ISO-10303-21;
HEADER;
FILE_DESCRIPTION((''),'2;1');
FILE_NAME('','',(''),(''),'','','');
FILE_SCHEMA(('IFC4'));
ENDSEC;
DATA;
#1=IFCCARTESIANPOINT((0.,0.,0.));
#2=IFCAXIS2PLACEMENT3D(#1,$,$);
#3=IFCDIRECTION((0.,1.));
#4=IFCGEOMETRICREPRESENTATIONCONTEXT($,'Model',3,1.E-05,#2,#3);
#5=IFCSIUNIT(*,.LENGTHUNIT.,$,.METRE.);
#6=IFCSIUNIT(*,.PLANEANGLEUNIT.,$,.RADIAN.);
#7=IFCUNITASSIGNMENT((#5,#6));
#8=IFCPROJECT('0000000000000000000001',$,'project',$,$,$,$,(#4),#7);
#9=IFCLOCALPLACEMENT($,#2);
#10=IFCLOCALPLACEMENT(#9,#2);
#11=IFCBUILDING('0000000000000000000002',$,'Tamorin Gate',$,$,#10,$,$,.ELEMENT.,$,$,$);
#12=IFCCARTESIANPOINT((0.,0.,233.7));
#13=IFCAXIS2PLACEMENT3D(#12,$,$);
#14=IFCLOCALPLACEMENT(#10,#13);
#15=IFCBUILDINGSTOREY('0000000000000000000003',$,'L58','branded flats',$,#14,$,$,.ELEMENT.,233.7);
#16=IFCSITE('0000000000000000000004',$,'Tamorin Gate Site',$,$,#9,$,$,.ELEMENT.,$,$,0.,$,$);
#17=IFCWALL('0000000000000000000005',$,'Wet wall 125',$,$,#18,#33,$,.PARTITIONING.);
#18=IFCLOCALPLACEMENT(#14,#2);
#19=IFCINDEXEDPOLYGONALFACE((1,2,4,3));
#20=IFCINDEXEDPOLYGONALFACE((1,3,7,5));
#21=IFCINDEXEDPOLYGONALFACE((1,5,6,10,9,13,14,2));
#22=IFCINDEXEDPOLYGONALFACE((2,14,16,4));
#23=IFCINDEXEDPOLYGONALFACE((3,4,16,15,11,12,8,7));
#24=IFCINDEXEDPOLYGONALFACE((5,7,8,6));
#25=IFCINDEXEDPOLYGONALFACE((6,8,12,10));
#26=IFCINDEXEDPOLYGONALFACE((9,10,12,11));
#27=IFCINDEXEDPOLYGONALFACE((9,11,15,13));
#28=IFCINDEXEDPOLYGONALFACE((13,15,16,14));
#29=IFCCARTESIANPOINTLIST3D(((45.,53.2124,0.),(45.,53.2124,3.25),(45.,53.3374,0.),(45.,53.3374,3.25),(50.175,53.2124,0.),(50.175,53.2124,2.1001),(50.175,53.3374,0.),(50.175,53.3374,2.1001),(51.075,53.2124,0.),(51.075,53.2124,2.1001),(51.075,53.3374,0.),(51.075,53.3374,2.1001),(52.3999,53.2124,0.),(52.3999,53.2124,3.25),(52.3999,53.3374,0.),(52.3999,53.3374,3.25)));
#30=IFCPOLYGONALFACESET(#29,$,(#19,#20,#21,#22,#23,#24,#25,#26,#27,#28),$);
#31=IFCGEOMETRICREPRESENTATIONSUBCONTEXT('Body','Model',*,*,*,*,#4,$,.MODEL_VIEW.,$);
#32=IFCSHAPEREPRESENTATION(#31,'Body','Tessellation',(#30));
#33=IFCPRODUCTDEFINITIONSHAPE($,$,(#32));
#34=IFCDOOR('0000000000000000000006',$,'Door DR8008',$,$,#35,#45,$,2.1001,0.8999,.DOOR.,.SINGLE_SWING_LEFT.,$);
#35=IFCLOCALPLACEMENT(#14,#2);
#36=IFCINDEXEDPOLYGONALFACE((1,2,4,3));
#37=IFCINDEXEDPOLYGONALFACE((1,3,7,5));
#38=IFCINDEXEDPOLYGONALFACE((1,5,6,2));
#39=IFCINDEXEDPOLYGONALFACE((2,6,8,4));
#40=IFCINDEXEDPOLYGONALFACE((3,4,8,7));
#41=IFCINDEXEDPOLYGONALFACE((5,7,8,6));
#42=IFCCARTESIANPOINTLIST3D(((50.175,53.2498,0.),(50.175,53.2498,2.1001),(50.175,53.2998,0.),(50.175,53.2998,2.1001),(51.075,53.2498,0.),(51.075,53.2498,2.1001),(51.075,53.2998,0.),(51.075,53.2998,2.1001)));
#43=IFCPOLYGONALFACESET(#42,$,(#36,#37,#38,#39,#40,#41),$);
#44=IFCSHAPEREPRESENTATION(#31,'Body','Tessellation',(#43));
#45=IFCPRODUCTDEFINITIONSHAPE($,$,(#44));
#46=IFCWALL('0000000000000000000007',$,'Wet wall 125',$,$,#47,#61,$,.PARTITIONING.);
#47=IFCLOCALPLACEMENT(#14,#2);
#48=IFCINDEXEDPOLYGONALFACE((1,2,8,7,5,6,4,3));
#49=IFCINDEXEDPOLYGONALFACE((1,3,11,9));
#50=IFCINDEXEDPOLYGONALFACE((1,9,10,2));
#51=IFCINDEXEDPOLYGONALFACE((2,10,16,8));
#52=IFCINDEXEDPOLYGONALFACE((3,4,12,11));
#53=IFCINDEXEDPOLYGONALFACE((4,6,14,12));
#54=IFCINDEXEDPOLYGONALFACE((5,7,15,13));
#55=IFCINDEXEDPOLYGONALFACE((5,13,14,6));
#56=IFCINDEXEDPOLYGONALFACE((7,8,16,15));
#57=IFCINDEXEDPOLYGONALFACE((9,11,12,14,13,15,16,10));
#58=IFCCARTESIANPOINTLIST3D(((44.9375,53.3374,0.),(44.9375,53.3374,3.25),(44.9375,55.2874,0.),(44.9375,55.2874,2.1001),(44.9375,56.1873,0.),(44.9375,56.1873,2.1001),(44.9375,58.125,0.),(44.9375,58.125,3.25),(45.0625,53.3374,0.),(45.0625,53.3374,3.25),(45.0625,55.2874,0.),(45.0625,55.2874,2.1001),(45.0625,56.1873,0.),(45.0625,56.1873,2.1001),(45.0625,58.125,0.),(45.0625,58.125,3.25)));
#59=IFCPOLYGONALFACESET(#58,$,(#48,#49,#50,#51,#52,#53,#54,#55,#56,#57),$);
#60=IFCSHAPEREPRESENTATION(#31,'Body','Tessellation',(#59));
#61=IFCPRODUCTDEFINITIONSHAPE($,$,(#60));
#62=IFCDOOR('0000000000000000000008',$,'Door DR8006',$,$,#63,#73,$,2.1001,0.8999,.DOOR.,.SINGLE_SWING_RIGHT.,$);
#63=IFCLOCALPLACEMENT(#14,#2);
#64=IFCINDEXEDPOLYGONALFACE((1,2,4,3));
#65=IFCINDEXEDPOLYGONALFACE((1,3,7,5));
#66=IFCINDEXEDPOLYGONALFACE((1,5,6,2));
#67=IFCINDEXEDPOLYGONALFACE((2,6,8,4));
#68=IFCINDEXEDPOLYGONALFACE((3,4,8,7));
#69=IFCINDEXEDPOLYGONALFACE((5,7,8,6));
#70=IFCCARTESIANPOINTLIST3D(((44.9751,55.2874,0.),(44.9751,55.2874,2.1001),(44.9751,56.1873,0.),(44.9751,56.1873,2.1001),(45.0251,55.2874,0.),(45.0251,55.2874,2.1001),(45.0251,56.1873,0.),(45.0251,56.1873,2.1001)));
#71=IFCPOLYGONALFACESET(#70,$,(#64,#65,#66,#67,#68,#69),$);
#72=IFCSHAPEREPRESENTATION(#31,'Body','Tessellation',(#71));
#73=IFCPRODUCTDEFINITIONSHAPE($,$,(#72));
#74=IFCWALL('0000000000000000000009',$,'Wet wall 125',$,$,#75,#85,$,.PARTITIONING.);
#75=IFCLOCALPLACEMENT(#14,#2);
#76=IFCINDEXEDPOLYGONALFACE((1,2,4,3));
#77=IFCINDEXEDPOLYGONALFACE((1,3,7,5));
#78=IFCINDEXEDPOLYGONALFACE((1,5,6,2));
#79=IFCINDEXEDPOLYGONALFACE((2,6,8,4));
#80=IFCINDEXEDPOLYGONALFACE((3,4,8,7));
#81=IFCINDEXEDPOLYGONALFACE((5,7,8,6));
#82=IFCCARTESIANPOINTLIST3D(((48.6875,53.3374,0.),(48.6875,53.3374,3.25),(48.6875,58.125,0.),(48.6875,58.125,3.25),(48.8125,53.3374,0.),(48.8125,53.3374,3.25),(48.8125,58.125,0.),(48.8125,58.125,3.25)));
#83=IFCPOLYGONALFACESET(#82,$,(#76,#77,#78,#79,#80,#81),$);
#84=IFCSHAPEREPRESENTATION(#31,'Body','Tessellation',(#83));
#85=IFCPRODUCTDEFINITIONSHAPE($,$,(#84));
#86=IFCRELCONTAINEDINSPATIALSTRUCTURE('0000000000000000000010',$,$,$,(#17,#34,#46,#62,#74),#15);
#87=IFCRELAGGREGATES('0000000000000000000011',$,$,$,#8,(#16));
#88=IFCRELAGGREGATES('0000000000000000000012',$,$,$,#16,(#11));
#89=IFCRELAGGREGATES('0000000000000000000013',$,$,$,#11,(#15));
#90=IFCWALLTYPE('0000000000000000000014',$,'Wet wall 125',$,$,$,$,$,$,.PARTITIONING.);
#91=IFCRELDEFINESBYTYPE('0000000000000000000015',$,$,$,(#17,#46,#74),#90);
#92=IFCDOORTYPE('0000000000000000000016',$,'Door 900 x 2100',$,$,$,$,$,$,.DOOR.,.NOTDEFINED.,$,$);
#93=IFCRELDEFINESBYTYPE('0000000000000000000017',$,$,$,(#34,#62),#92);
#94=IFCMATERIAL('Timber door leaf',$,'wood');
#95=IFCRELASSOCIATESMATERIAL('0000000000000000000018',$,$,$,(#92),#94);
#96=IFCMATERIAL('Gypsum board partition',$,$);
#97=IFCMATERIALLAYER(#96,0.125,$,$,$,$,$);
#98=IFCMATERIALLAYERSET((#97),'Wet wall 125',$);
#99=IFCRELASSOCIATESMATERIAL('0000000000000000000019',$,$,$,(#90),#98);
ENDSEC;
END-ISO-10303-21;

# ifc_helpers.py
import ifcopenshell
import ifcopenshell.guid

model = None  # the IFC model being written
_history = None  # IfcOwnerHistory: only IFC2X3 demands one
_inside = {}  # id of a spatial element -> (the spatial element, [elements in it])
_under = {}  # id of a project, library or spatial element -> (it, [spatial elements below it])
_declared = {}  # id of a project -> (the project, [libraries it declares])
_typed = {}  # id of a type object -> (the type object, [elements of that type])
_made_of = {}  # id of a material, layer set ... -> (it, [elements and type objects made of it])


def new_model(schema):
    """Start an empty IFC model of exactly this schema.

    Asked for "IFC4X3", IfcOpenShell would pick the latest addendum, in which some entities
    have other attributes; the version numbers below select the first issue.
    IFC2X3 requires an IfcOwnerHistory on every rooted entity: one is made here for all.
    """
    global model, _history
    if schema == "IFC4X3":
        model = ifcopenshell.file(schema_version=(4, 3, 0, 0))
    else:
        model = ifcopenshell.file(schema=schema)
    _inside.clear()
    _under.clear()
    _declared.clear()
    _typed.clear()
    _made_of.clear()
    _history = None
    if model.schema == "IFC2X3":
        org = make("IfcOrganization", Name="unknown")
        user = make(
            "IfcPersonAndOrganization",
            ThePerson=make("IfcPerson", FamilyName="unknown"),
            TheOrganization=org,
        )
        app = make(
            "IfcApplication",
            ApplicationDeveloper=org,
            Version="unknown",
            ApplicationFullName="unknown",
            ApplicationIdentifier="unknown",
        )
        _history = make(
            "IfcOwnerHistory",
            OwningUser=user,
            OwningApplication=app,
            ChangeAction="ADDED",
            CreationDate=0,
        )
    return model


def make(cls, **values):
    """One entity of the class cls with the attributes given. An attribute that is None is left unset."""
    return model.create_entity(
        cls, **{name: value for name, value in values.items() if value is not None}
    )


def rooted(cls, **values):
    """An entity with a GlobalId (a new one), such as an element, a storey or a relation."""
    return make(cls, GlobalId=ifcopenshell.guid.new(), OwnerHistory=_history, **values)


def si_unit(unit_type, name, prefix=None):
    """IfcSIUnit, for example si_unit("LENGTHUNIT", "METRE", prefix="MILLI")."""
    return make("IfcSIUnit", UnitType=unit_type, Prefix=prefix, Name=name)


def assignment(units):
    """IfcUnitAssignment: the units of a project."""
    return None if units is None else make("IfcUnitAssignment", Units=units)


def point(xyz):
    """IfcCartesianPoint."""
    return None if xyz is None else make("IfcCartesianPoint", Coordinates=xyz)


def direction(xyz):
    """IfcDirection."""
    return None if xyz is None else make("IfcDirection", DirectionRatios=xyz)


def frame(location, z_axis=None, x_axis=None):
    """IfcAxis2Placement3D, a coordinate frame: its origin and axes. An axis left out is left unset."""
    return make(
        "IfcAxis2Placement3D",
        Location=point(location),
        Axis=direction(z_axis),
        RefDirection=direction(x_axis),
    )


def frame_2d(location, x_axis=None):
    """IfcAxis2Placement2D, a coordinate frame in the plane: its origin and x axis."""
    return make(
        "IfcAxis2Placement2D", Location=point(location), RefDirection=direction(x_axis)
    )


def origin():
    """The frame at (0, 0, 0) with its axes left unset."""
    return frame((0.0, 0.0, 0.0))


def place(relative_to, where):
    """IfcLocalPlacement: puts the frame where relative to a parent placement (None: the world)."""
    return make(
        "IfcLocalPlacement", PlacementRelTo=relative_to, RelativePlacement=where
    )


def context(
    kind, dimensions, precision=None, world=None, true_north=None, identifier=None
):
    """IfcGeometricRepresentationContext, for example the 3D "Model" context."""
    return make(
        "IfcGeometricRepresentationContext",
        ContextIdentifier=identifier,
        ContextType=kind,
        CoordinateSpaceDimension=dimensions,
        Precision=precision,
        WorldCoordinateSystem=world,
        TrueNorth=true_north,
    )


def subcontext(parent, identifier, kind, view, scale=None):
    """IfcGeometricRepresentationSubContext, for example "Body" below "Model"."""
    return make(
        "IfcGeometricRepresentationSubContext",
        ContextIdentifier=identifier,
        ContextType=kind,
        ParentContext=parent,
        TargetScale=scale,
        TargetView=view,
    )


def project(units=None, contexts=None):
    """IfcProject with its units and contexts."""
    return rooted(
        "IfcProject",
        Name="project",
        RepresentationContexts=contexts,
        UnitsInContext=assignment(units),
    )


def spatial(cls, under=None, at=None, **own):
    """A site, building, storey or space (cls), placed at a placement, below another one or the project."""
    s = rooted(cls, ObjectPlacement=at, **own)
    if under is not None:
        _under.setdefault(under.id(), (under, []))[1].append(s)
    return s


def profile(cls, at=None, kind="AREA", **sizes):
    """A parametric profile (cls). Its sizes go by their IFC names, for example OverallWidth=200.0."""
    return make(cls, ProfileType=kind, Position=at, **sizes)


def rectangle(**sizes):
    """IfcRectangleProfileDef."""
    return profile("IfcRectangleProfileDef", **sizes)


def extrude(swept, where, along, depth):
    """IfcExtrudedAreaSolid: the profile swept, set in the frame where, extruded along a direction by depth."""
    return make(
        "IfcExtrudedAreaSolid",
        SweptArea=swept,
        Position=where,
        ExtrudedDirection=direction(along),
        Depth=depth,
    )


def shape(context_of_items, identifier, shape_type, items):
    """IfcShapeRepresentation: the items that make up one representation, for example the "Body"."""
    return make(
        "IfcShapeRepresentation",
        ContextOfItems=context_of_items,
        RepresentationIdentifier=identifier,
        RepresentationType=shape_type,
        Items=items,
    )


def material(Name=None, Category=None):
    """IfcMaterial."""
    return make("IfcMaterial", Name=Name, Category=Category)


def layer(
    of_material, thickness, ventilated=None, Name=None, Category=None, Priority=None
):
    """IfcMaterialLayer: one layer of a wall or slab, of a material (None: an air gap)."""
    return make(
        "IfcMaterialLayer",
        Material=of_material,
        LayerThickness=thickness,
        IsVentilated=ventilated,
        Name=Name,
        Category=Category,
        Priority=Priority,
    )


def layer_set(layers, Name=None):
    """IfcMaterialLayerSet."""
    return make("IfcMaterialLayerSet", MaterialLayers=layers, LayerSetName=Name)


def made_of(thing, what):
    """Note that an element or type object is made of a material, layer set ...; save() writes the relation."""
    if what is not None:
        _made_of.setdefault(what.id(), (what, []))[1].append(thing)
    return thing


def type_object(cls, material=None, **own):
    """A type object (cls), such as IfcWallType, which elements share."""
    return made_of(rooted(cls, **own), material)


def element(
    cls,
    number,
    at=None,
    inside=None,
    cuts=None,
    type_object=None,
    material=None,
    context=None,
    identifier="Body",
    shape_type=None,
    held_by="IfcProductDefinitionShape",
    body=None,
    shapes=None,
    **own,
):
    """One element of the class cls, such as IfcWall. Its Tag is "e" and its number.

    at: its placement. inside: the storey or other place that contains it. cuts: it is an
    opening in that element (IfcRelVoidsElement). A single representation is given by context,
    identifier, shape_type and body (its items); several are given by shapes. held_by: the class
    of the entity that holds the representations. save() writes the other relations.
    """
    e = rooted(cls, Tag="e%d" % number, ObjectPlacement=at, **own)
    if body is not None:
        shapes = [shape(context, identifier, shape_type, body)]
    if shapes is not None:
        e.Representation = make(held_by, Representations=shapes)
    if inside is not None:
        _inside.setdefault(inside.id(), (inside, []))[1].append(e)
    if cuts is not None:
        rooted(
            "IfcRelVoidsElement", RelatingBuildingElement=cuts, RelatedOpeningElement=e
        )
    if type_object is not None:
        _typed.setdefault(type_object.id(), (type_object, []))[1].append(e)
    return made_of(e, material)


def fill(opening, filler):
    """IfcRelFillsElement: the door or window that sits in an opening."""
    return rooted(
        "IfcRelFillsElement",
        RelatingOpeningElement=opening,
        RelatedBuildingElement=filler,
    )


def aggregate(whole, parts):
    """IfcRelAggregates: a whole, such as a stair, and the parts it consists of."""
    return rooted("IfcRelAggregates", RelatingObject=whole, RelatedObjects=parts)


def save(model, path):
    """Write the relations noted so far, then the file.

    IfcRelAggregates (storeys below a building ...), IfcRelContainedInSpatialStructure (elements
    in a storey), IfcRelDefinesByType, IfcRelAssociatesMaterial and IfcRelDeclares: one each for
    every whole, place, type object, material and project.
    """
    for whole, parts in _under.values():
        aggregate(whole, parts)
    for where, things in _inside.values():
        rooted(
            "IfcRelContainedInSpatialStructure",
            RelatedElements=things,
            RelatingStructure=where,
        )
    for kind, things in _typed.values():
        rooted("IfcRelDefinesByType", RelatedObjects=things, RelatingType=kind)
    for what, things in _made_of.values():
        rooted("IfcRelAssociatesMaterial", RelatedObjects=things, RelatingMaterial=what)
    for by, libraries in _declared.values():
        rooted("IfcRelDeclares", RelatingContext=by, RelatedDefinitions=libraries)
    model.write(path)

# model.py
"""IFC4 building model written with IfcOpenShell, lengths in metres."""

from ifc_helpers import new_model, si_unit, direction, frame, frame_2d, origin, place, context, subcontext, project, spatial, rectangle, extrude, material, layer, layer_set, type_object, element, fill, save


model = new_model("IFC4")

# Units and contexts
model_context = context("Model", 3, precision=1e-05, world=origin(), true_north=direction((0.0, 1.0)))
body_context = subcontext(model_context, "Body", "Model", "MODEL_VIEW")
ifc_project = project(units=[si_unit("LENGTHUNIT", "METRE"), si_unit("PLANEANGLEUNIT", "RADIAN")], contexts=[model_context])

# Site, building, storey
site_placement = place(None, origin())
site = spatial("IfcSite", under=ifc_project, at=site_placement, Name="Tamorin Gate Site", CompositionType="ELEMENT", RefElevation=0.0)
building_placement = place(site_placement, origin())
building = spatial("IfcBuilding", under=site, at=building_placement, Name="Tamorin Gate", CompositionType="ELEMENT")
storey_placement = place(building_placement, frame((0.0, 0.0, 233.7)))
storey = spatial("IfcBuildingStorey", under=building, at=storey_placement, Name="L58", Description="branded flats", CompositionType="ELEMENT", Elevation=233.7)

# Shared definitions
ifc_material_1 = material(Name="Gypsum board partition")

# Shared definitions
ifc_material_2 = material(Name="Timber door leaf", Category="wood")
door_type = type_object("IfcDoorType", Name="Door 900 x 2100", OperationType="NOTDEFINED", PredefinedType="DOOR", material=ifc_material_2)

# Walls, openings, doors
ifc_layer_1 = layer(ifc_material_1, 0.125)
ifc_layer_set_1 = layer_set([ifc_layer_1], Name="Wet wall 125")
wall_type_1 = type_object("IfcWallType", Name="Wet wall 125", PredefinedType="PARTITIONING", material=ifc_layer_set_1)
wall_1_placement = place(storey_placement, frame((45.0, 53.2749, 0.0), z_axis=(0.0, 0.0, 1.0), x_axis=(1.0, 0.0, 0.0)))
wall_1 = element("IfcWall", 1, at=wall_1_placement, inside=storey, type_object=wall_type_1, Name="Wet wall 125", PredefinedType="PARTITIONING", context=body_context, shape_type="SweptSolid", body=[
    extrude(rectangle(XDim=7.3999, YDim=0.125, at=frame_2d((3.7, 0.0))), origin(), (0.0, 0.0, 1.0), 3.25),
])
opening_1_placement = place(wall_1_placement, frame((5.175, 0.0, 0.0)))
opening_1 = element("IfcOpeningElement", 2, at=opening_1_placement, cuts=wall_1, PredefinedType="OPENING", context=body_context, shape_type="SweptSolid", body=[
    extrude(rectangle(XDim=0.8999, YDim=2.1001, at=frame_2d((0.45, 1.05))), frame((0.0, 0.0725, 0.0), z_axis=(0.0, -1.0, 0.0), x_axis=(1.0, 0.0, 0.0)), (0.0, 0.0, 1.0), 0.145),
])
door_1_placement = place(opening_1_placement, origin())
door_1 = element("IfcDoor", 3, at=door_1_placement, inside=storey, type_object=door_type, Name="Door DR8008", OperationType="SINGLE_SWING_LEFT", OverallHeight=2.1001, OverallWidth=0.8999, PredefinedType="DOOR", context=body_context, shape_type="SweptSolid", body=[
    extrude(rectangle(XDim=0.8999, YDim=2.1001, at=frame_2d((0.45, 1.05))), frame((0.0, 0.0249, 0.0), z_axis=(0.0, -1.0, 0.0), x_axis=(1.0, 0.0, 0.0)), (0.0, 0.0, 1.0), 0.05),
])
fill(opening_1, door_1)
wall_2_placement = place(storey_placement, frame((45.0, 53.3374, 0.0), z_axis=(0.0, 0.0, 1.0), x_axis=(0.0, 1.0, 0.0)))
wall_2 = element("IfcWall", 4, at=wall_2_placement, inside=storey, type_object=wall_type_1, Name="Wet wall 125", PredefinedType="PARTITIONING", context=body_context, shape_type="SweptSolid", body=[
    extrude(rectangle(XDim=4.7876, YDim=0.125, at=frame_2d((2.3938, 0.0))), origin(), (0.0, 0.0, 1.0), 3.25),
])
opening_2_placement = place(wall_2_placement, frame((1.95, 0.0, 0.0)))
opening_2 = element("IfcOpeningElement", 5, at=opening_2_placement, cuts=wall_2, PredefinedType="OPENING", context=body_context, shape_type="SweptSolid", body=[
    extrude(rectangle(XDim=0.8999, YDim=2.1001, at=frame_2d((0.45, 1.05))), frame((0.0, 0.0725, 0.0), z_axis=(0.0, -1.0, 0.0), x_axis=(1.0, 0.0, 0.0)), (0.0, 0.0, 1.0), 0.145),
])
door_2_placement = place(opening_2_placement, origin())
door_2 = element("IfcDoor", 6, at=door_2_placement, inside=storey, type_object=door_type, Name="Door DR8006", OperationType="SINGLE_SWING_RIGHT", OverallHeight=2.1001, OverallWidth=0.8999, PredefinedType="DOOR", context=body_context, shape_type="SweptSolid", body=[
    extrude(rectangle(XDim=0.8999, YDim=2.1001, at=frame_2d((0.45, 1.05))), frame((0.0, 0.0249, 0.0), z_axis=(0.0, -1.0, 0.0), x_axis=(1.0, 0.0, 0.0)), (0.0, 0.0, 1.0), 0.05),
])
fill(opening_2, door_2)

# Wall
wall_3_placement = place(storey_placement, frame((48.75, 53.3374, 0.0), z_axis=(0.0, 0.0, 1.0), x_axis=(0.0, 1.0, 0.0)))
element("IfcWall", 7, at=wall_3_placement, inside=storey, type_object=wall_type_1, Name="Wet wall 125", PredefinedType="PARTITIONING", context=body_context, shape_type="SweptSolid", body=[
    extrude(rectangle(XDim=4.7876, YDim=0.125, at=frame_2d((2.3938, 0.0))), origin(), (0.0, 0.0, 1.0), 3.25),
])

save(model, "model.ifc")
